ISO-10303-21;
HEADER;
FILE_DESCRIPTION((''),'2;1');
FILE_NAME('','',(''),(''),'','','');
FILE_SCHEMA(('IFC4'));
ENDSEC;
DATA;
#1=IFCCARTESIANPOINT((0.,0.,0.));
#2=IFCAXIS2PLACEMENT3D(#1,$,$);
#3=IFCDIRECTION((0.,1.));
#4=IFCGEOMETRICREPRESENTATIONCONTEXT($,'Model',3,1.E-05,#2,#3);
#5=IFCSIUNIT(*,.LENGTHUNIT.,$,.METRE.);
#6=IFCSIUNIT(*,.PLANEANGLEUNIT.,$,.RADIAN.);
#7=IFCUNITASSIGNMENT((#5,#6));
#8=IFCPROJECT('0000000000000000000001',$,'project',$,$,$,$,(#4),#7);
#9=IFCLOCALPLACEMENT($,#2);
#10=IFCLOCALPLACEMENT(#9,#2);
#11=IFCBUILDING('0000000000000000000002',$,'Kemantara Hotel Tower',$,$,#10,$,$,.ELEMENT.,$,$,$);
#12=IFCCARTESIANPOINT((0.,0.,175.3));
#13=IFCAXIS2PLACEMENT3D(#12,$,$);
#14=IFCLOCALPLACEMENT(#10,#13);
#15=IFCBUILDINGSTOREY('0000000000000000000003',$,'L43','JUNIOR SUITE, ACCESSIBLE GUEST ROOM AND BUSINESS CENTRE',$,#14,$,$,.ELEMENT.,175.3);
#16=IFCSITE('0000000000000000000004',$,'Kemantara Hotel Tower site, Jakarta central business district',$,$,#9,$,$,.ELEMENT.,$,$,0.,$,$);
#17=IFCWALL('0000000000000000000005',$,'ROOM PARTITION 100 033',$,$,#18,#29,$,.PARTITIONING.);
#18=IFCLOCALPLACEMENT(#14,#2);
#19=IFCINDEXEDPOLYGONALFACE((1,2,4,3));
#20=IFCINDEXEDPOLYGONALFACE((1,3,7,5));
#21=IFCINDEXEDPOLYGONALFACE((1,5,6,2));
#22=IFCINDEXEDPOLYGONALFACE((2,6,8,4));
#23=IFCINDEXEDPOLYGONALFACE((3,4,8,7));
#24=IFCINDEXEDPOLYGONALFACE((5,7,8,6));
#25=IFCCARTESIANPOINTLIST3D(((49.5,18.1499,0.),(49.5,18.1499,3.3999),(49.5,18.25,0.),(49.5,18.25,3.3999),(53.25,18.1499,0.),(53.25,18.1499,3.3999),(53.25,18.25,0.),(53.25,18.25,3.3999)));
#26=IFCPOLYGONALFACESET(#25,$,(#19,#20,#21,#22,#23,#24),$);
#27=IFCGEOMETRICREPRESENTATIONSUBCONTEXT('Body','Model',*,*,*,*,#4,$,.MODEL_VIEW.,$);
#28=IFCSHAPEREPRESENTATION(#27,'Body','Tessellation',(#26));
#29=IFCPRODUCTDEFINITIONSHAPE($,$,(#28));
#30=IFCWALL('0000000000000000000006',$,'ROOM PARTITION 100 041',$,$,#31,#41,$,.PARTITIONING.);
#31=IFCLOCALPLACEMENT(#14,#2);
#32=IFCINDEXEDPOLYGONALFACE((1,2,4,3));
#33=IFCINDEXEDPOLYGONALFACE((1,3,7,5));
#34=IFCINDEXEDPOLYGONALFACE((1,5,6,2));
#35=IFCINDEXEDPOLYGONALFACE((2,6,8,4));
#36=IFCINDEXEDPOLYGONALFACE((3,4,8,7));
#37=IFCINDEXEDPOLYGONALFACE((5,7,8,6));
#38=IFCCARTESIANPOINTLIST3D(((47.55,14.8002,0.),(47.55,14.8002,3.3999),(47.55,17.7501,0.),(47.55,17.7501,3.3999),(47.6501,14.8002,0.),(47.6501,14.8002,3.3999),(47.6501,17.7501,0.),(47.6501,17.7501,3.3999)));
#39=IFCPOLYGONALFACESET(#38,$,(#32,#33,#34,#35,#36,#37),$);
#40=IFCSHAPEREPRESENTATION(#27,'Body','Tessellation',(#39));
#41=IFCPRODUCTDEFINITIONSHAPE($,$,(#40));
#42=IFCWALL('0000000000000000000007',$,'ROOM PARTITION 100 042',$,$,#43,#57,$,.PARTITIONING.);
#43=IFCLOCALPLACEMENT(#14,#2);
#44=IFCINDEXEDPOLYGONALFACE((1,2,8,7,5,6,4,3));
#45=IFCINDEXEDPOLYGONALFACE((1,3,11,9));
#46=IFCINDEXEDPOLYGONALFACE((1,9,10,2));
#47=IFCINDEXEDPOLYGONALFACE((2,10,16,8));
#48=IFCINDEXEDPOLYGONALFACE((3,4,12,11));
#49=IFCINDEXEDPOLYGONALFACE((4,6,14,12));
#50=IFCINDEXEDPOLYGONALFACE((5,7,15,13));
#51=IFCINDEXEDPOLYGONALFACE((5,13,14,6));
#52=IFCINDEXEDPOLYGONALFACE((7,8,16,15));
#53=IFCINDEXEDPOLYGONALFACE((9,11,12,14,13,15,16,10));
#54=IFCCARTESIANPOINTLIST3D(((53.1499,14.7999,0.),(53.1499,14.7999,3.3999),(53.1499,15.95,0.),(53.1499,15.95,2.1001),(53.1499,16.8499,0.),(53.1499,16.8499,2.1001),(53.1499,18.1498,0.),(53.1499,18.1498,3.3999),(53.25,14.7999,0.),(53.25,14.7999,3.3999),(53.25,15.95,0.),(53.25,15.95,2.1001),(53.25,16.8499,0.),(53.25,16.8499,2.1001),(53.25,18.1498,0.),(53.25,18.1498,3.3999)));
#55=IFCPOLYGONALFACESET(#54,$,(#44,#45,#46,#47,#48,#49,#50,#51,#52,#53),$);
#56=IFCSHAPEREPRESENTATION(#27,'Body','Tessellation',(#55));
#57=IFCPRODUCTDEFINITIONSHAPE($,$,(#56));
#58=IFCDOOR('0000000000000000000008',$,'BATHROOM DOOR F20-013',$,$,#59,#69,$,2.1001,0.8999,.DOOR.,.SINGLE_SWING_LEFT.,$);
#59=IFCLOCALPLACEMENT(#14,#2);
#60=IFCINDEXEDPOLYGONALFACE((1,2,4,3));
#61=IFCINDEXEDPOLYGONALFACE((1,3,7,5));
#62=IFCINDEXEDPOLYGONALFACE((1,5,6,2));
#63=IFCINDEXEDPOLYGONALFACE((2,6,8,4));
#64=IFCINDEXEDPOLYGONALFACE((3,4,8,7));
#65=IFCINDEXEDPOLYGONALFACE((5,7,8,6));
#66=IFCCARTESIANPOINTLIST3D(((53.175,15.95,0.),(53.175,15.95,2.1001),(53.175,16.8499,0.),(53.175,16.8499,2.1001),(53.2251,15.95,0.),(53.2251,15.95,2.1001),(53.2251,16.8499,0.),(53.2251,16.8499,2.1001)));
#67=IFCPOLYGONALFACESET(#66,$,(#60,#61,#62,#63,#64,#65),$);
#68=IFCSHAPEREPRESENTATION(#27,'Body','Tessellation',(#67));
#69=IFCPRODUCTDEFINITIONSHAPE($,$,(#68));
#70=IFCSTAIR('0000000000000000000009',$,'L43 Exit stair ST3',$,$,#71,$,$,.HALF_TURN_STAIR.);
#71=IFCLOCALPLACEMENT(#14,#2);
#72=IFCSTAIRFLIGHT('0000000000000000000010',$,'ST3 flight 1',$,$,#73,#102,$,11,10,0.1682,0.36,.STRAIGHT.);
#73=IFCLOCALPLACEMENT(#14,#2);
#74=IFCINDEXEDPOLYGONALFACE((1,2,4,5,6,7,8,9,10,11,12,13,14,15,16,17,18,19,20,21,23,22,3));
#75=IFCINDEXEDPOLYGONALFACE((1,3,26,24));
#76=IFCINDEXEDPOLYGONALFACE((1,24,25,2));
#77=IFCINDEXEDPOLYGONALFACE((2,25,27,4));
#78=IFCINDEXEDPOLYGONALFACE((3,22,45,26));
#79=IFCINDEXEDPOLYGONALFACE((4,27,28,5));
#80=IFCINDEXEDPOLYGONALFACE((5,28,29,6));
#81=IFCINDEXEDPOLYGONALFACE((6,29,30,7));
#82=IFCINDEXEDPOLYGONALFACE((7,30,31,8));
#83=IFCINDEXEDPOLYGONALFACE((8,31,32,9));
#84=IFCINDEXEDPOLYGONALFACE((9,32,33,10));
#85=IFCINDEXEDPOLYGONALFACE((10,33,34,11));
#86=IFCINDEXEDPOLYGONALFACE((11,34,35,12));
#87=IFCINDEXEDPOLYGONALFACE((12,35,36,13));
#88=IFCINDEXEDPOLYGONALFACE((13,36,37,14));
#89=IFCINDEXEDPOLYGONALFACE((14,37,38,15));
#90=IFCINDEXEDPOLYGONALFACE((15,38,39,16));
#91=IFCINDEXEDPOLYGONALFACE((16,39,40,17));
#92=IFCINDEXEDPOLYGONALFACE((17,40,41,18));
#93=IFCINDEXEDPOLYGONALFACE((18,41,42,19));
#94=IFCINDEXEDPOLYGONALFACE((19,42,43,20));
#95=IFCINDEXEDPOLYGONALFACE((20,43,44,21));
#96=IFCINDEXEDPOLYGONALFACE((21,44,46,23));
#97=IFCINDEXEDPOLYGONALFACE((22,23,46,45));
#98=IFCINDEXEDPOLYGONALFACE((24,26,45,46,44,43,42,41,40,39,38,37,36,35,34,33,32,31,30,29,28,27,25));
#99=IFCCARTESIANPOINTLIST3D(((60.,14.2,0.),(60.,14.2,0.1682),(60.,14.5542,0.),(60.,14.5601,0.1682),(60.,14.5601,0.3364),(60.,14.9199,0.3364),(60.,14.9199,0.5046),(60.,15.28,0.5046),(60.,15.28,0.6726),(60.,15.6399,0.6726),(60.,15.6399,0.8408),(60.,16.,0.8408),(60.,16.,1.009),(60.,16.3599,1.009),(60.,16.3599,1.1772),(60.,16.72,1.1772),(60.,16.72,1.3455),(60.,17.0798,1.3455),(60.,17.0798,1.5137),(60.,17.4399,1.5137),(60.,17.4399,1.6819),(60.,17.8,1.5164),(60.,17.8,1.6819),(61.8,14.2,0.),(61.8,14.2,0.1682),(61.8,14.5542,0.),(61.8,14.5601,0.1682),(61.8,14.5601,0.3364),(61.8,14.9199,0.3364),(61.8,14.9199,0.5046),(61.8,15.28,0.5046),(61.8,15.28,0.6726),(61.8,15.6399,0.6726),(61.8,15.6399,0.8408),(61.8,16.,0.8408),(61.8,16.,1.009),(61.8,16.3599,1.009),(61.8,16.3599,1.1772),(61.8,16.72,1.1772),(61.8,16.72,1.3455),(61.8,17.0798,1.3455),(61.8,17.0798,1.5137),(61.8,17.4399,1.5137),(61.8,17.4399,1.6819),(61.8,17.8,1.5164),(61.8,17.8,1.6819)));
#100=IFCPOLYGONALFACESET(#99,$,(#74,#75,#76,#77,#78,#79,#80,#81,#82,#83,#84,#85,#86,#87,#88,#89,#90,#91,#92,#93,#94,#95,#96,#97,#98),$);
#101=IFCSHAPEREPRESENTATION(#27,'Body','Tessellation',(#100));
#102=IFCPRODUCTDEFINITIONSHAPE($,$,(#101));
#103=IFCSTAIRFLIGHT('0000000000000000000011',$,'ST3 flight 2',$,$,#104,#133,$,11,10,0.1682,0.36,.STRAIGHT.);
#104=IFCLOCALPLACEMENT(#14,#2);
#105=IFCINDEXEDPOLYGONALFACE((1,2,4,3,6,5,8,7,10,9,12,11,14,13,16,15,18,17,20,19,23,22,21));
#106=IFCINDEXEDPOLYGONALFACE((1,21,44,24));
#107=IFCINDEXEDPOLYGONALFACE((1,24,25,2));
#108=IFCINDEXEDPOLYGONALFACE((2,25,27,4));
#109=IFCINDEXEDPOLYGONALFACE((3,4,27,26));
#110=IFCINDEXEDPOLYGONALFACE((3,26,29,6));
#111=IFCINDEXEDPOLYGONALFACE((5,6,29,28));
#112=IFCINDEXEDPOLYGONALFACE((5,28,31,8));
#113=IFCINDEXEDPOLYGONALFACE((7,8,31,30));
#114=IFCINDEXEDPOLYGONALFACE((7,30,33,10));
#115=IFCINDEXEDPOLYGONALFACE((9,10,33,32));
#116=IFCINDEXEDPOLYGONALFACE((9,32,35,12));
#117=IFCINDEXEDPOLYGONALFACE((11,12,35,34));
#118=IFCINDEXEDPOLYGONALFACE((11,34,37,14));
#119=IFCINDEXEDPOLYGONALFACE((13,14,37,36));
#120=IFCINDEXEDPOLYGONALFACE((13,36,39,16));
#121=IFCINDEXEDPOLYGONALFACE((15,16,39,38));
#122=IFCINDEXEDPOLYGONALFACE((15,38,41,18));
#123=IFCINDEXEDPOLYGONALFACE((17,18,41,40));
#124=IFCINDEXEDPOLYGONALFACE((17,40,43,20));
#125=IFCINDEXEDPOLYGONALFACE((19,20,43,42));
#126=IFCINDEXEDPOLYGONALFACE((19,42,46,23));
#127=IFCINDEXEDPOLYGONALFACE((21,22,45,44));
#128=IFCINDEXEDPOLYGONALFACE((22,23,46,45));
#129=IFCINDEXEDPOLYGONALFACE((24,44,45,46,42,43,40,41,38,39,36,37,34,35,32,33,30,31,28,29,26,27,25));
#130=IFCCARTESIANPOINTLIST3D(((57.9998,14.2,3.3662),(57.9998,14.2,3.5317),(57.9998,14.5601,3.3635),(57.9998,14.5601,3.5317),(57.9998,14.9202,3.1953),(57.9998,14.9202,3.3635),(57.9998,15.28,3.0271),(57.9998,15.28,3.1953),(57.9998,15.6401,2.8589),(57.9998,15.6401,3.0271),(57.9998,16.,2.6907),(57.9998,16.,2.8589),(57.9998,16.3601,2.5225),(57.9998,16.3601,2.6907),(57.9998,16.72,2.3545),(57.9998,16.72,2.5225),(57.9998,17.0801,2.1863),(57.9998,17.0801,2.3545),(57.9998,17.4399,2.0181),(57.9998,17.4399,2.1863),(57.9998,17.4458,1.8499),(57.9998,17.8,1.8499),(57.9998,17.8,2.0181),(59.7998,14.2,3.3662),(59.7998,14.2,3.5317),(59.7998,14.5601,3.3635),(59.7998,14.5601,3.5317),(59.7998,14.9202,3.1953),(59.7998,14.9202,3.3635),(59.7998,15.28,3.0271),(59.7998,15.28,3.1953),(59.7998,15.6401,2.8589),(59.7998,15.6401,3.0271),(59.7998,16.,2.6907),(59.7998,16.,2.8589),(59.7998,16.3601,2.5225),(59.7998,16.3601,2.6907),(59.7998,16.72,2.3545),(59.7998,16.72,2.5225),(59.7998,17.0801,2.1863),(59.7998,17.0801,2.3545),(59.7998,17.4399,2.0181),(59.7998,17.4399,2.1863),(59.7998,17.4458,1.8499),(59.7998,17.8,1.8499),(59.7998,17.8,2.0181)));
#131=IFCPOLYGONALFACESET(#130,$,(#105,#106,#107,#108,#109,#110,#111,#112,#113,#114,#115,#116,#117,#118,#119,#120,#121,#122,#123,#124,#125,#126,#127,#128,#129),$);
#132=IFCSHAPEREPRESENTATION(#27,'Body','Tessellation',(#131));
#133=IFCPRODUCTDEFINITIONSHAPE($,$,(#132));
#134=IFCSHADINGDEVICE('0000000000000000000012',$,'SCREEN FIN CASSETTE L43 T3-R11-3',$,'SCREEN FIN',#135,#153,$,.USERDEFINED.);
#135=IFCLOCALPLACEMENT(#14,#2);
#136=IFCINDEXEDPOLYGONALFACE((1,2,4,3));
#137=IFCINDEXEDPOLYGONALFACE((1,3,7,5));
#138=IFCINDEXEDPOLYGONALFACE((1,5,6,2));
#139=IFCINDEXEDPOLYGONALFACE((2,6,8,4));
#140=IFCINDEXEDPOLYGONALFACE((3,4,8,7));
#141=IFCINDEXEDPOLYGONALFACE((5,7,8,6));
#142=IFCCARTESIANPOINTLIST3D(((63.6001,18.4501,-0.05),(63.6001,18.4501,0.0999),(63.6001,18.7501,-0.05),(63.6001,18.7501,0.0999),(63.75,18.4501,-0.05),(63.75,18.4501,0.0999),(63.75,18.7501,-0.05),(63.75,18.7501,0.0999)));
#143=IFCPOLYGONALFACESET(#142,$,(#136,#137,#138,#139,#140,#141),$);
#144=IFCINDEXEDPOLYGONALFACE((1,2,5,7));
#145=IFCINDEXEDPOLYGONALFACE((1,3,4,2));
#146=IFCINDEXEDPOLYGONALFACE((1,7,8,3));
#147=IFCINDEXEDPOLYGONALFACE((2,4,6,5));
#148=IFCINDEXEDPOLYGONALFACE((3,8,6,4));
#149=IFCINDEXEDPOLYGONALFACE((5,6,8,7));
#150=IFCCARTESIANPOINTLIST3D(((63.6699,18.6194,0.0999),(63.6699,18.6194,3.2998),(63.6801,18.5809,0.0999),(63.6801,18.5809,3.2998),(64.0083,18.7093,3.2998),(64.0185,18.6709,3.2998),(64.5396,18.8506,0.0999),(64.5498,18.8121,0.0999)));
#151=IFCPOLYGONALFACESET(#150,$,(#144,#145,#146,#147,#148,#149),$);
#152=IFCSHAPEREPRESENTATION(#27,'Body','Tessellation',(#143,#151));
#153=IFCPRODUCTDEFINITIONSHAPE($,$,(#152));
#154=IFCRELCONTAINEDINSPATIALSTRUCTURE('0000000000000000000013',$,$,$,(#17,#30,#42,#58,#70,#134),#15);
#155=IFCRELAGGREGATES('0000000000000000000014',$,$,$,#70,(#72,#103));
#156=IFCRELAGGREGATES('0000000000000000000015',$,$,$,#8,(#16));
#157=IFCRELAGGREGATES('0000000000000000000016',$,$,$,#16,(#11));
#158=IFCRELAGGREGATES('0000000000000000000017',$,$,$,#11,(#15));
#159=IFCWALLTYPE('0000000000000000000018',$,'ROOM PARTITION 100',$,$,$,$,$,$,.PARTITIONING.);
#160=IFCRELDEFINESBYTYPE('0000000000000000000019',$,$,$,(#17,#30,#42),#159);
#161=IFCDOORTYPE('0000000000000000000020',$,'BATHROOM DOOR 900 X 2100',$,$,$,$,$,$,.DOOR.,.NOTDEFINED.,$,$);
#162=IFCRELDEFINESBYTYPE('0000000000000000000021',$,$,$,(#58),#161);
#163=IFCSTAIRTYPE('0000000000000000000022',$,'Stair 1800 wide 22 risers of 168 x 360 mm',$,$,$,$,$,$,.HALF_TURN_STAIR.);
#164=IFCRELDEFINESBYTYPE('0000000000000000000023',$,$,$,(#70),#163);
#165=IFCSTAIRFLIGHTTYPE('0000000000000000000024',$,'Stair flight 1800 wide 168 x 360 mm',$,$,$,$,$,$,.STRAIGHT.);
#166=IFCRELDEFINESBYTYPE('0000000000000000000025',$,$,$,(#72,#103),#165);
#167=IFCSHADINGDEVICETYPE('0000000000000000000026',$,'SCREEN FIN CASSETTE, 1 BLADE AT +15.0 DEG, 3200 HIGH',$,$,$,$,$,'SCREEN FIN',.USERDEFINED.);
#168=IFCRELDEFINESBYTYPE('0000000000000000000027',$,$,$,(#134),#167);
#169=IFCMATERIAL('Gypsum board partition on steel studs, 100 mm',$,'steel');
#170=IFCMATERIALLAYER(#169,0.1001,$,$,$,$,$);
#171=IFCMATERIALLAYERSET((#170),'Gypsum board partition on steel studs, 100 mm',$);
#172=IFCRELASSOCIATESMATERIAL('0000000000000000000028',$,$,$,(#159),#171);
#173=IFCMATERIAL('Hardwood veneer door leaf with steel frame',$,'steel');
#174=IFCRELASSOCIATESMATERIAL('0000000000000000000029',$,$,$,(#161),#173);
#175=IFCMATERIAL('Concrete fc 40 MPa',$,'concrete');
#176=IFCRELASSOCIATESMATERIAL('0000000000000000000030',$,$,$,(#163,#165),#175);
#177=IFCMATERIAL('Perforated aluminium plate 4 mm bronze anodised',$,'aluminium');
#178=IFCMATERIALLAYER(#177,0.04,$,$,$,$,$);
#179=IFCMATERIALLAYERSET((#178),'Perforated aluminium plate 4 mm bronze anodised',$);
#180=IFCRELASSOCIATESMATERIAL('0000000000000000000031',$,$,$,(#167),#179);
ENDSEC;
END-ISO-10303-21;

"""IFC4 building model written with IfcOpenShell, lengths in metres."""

from ifc_helpers import new_model, si_unit, direction, frame, frame_2d, origin, origin_2d, place, context, subcontext, project, spatial, polyline, rectangle, outline, extrude, source, transform, mapped, material, layer, layer_set, type_object, element, fill, aggregate, save


model = new_model("IFC4")

# Units and contexts
model_context = context("Model", 3, precision=1e-05, world=origin(), true_north=direction((0.0, 1.0)))
body_context = subcontext(model_context, "Body", "Model", "MODEL_VIEW")
ifc_project = project(units=[si_unit("LENGTHUNIT", "METRE"), si_unit("PLANEANGLEUNIT", "RADIAN")], contexts=[model_context])

# Site, building, storey
site_placement = place(None, origin())
site = spatial("IfcSite", under=ifc_project, at=site_placement, Name="Kemantara Hotel Tower site, Jakarta central business district", CompositionType="ELEMENT", RefElevation=0.0)
building_placement = place(site_placement, origin())
building = spatial("IfcBuilding", under=site, at=building_placement, Name="Kemantara Hotel Tower", CompositionType="ELEMENT")
storey_placement = place(building_placement, frame((0.0, 0.0, 175.3)))
storey = spatial("IfcBuildingStorey", under=building, at=storey_placement, Name="L43", Description="JUNIOR SUITE, ACCESSIBLE GUEST ROOM AND BUSINESS CENTRE", CompositionType="ELEMENT", Elevation=175.3)

# Shared definitions
ifc_material_1 = material(Name="Concrete fc 40 MPa", Category="concrete")

# Walls
ifc_material_2 = material(Name="Gypsum board partition on steel studs, 100 mm", Category="steel")
ifc_layer_1 = layer(ifc_material_2, 0.1001)
ifc_layer_set_1 = layer_set([ifc_layer_1], Name="Gypsum board partition on steel studs, 100 mm")
wall_type_1 = type_object("IfcWallType", Name="ROOM PARTITION 100", PredefinedType="PARTITIONING", material=ifc_layer_set_1)
wall_1_placement = place(storey_placement, frame((49.5, 18.2, 0.0), z_axis=(0.0, 0.0, 1.0), x_axis=(1.0, 0.0, 0.0)))
element("IfcWall", 1, at=wall_1_placement, inside=storey, type_object=wall_type_1, Name="ROOM PARTITION 100 033", PredefinedType="PARTITIONING", context=body_context, shape_type="SweptSolid", body=[
    extrude(rectangle(XDim=3.75, YDim=0.1001, at=frame_2d((1.875, 0.0))), origin(), (0.0, 0.0, 1.0), 3.3999),
])
wall_2_placement = place(storey_placement, frame((47.6001, 14.8, 0.0), z_axis=(0.0, 0.0, 1.0), x_axis=(0.0, 1.0, 0.0)))
element("IfcWall", 2, at=wall_2_placement, inside=storey, type_object=wall_type_1, Name="ROOM PARTITION 100 041", PredefinedType="PARTITIONING", context=body_context, shape_type="SweptSolid", body=[
    extrude(rectangle(XDim=2.95, YDim=0.1001, at=frame_2d((1.4751, 0.0))), origin(), (0.0, 0.0, 1.0), 3.3999),
])

# Wall, opening, door
wall_3_placement = place(storey_placement, frame((53.2, 14.8, 0.0), z_axis=(0.0, 0.0, 1.0), x_axis=(0.0, 1.0, 0.0)))
wall_3 = element("IfcWall", 3, at=wall_3_placement, inside=storey, type_object=wall_type_1, Name="ROOM PARTITION 100 042", PredefinedType="PARTITIONING", context=body_context, shape_type="SweptSolid", body=[
    extrude(rectangle(XDim=3.3499, YDim=0.1001, at=frame_2d((1.6748, 0.0))), origin(), (0.0, 0.0, 1.0), 3.3999),
])
opening_1_placement = place(wall_3_placement, frame((1.1499, 0.0, 0.0)))
opening_1 = element("IfcOpeningElement", 4, at=opening_1_placement, cuts=wall_3, PredefinedType="OPENING", context=body_context, shape_type="SweptSolid", body=[
    extrude(rectangle(XDim=0.8999, YDim=2.1001, at=frame_2d((0.45, 1.05))), frame((0.0, 0.0601, 0.0), z_axis=(0.0, -1.0, 0.0), x_axis=(1.0, 0.0, 0.0)), (0.0, 0.0, 1.0), 0.1201),
])
ifc_material_3 = material(Name="Hardwood veneer door leaf with steel frame", Category="steel")
door_type_1 = type_object("IfcDoorType", Name="BATHROOM DOOR 900 X 2100", OperationType="NOTDEFINED", PredefinedType="DOOR", material=ifc_material_3)
door_1_placement = place(opening_1_placement, origin())
door_1 = element("IfcDoor", 5, at=door_1_placement, inside=storey, type_object=door_type_1, Name="BATHROOM DOOR F20-013", OperationType="SINGLE_SWING_LEFT", OverallHeight=2.1001, OverallWidth=0.8999, PredefinedType="DOOR", context=body_context, shape_type="SweptSolid", body=[
    extrude(rectangle(XDim=0.8999, YDim=2.1001, at=frame_2d((0.45, 1.05))), frame((0.0, 0.0249, 0.0), z_axis=(0.0, -1.0, 0.0), x_axis=(1.0, 0.0, 0.0)), (0.0, 0.0, 1.0), 0.05),
])
fill(opening_1, door_1)

# Stair, stair flights
stair_type = type_object("IfcStairType", Name="Stair 1800 wide 22 risers of 168 x 360 mm", PredefinedType="HALF_TURN_STAIR", material=ifc_material_1)
stair_placement = place(storey_placement, origin())
stair = element("IfcStair", 6, at=stair_placement, inside=storey, type_object=stair_type, Name="L43 Exit stair ST3", PredefinedType="HALF_TURN_STAIR")
stair_flight_type = type_object("IfcStairFlightType", Name="Stair flight 1800 wide 168 x 360 mm", PredefinedType="STRAIGHT", material=ifc_material_1)
stair_flight_1_placement = place(storey_placement, frame((60.8999, 14.2, 0.0), z_axis=(0.0, 0.0, 1.0), x_axis=(0.0, 1.0, 0.0)))
stair_flight_1 = element("IfcStairFlight", 7, at=stair_flight_1_placement, type_object=stair_flight_type, Name="ST3 flight 1", NumberOfRisers=11, NumberOfTreads=10, PredefinedType="STRAIGHT", RiserHeight=0.1682, TreadLength=0.36, context=body_context, shape_type="SweptSolid", body=[
    extrude(outline(polyline([(0.0, 0.0), (0.0, 0.1682), (0.3601, 0.1682), (0.3601, 0.3364), (0.72, 0.3364), (0.72, 0.5046), (1.0801, 0.5046), (1.0801, 0.6726), (1.4399, 0.6726), (1.4399, 0.8408), (1.8, 0.8408), (1.8, 1.009), (2.1599, 1.009), (2.1599, 1.1772), (2.52, 1.1772), (2.52, 1.3455), (2.8799, 1.3455), (2.8799, 1.5137), (3.24, 1.5137), (3.24, 1.6819), (3.6001, 1.6819), (3.6001, 1.8501), (3.6001, 1.5164), (0.3542, 0.0), (0.0, 0.0)])), frame((0.0, 0.8999, 0.0), z_axis=(0.0, -1.0, 0.0), x_axis=(1.0, 0.0, 0.0)), (0.0, 0.0, 1.0), 1.8),
])
stair_flight_2_placement = place(storey_placement, frame((58.8999, 17.8, 1.8499), z_axis=(0.0, 0.0, 1.0), x_axis=(0.0, -1.0, 0.0)))
stair_flight_2 = element("IfcStairFlight", 8, at=stair_flight_2_placement, type_object=stair_flight_type, Name="ST3 flight 2", NumberOfRisers=11, NumberOfTreads=10, PredefinedType="STRAIGHT", RiserHeight=0.1682, TreadLength=0.36, context=body_context, shape_type="SweptSolid", body=[
    extrude(outline(polyline([(0.0, 0.0), (0.0, 0.1682), (0.3601, 0.1682), (0.3601, 0.3364), (0.72, 0.3364), (0.72, 0.5046), (1.0801, 0.5046), (1.0801, 0.6726), (1.4399, 0.6726), (1.4399, 0.8408), (1.8, 0.8408), (1.8, 1.009), (2.1599, 1.009), (2.1599, 1.1772), (2.52, 1.1772), (2.52, 1.3455), (2.8799, 1.3455), (2.8799, 1.5137), (3.24, 1.5137), (3.24, 1.6819), (3.6001, 1.6819), (3.6001, 1.8501), (3.6001, 1.5164), (0.3542, 0.0), (0.0, 0.0)])), frame((0.0, 0.8999, 0.0), z_axis=(0.0, -1.0, 0.0), x_axis=(1.0, 0.0, 0.0)), (0.0, 0.0, 1.0), 1.8),
])
aggregate(stair, [stair_flight_1, stair_flight_2])

# Shading device
ifc_material_4 = material(Name="Perforated aluminium plate 4 mm bronze anodised", Category="aluminium")
ifc_layer_2 = layer(ifc_material_4, 0.04)
ifc_layer_set_2 = layer_set([ifc_layer_2], Name="Perforated aluminium plate 4 mm bronze anodised")
shading_device_type = type_object("IfcShadingDeviceType", Name="SCREEN FIN CASSETTE, 1 BLADE AT +15.0 DEG, 3200 HIGH", ElementType="SCREEN FIN", PredefinedType="USERDEFINED", material=ifc_layer_set_2)
shared_shape_1 = source(origin(), body_context, "Body", "SweptSolid", [
    extrude(rectangle(XDim=0.3, YDim=0.1499, at=origin_2d()), frame((0.0, -0.075, -0.1499), z_axis=(0.0, 0.0, 1.0), x_axis=(1.0, 0.0, 0.0)), (0.0, 0.0, 1.0), 0.1499),
    extrude(outline(polyline([(0.0, 0.0), (0.8999, 0.0), (0.3501, 3.2), (0.0, 3.2), (0.0, 0.0)])), frame((0.0193, -0.0698, 0.0), z_axis=(-0.966438, -0.256901, 0.0), x_axis=(0.256901, -0.966438, 0.0)), (0.0, 0.0, 1.0), 0.0398),
])
shading_device_placement = place(storey_placement, frame((63.6001, 18.6001, 0.0999), z_axis=(0.0, 0.0, 1.0), x_axis=(0.0, 1.0, 0.0)))
element("IfcShadingDevice", 9, at=shading_device_placement, inside=storey, type_object=shading_device_type, Name="SCREEN FIN CASSETTE L43 T3-R11-3", ObjectType="SCREEN FIN", PredefinedType="USERDEFINED", context=body_context, shape_type="MappedRepresentation", body=[
    mapped(shared_shape_1, transform((0.0, 0.0, 0.0))),
])

save(model, "model.ifc")
